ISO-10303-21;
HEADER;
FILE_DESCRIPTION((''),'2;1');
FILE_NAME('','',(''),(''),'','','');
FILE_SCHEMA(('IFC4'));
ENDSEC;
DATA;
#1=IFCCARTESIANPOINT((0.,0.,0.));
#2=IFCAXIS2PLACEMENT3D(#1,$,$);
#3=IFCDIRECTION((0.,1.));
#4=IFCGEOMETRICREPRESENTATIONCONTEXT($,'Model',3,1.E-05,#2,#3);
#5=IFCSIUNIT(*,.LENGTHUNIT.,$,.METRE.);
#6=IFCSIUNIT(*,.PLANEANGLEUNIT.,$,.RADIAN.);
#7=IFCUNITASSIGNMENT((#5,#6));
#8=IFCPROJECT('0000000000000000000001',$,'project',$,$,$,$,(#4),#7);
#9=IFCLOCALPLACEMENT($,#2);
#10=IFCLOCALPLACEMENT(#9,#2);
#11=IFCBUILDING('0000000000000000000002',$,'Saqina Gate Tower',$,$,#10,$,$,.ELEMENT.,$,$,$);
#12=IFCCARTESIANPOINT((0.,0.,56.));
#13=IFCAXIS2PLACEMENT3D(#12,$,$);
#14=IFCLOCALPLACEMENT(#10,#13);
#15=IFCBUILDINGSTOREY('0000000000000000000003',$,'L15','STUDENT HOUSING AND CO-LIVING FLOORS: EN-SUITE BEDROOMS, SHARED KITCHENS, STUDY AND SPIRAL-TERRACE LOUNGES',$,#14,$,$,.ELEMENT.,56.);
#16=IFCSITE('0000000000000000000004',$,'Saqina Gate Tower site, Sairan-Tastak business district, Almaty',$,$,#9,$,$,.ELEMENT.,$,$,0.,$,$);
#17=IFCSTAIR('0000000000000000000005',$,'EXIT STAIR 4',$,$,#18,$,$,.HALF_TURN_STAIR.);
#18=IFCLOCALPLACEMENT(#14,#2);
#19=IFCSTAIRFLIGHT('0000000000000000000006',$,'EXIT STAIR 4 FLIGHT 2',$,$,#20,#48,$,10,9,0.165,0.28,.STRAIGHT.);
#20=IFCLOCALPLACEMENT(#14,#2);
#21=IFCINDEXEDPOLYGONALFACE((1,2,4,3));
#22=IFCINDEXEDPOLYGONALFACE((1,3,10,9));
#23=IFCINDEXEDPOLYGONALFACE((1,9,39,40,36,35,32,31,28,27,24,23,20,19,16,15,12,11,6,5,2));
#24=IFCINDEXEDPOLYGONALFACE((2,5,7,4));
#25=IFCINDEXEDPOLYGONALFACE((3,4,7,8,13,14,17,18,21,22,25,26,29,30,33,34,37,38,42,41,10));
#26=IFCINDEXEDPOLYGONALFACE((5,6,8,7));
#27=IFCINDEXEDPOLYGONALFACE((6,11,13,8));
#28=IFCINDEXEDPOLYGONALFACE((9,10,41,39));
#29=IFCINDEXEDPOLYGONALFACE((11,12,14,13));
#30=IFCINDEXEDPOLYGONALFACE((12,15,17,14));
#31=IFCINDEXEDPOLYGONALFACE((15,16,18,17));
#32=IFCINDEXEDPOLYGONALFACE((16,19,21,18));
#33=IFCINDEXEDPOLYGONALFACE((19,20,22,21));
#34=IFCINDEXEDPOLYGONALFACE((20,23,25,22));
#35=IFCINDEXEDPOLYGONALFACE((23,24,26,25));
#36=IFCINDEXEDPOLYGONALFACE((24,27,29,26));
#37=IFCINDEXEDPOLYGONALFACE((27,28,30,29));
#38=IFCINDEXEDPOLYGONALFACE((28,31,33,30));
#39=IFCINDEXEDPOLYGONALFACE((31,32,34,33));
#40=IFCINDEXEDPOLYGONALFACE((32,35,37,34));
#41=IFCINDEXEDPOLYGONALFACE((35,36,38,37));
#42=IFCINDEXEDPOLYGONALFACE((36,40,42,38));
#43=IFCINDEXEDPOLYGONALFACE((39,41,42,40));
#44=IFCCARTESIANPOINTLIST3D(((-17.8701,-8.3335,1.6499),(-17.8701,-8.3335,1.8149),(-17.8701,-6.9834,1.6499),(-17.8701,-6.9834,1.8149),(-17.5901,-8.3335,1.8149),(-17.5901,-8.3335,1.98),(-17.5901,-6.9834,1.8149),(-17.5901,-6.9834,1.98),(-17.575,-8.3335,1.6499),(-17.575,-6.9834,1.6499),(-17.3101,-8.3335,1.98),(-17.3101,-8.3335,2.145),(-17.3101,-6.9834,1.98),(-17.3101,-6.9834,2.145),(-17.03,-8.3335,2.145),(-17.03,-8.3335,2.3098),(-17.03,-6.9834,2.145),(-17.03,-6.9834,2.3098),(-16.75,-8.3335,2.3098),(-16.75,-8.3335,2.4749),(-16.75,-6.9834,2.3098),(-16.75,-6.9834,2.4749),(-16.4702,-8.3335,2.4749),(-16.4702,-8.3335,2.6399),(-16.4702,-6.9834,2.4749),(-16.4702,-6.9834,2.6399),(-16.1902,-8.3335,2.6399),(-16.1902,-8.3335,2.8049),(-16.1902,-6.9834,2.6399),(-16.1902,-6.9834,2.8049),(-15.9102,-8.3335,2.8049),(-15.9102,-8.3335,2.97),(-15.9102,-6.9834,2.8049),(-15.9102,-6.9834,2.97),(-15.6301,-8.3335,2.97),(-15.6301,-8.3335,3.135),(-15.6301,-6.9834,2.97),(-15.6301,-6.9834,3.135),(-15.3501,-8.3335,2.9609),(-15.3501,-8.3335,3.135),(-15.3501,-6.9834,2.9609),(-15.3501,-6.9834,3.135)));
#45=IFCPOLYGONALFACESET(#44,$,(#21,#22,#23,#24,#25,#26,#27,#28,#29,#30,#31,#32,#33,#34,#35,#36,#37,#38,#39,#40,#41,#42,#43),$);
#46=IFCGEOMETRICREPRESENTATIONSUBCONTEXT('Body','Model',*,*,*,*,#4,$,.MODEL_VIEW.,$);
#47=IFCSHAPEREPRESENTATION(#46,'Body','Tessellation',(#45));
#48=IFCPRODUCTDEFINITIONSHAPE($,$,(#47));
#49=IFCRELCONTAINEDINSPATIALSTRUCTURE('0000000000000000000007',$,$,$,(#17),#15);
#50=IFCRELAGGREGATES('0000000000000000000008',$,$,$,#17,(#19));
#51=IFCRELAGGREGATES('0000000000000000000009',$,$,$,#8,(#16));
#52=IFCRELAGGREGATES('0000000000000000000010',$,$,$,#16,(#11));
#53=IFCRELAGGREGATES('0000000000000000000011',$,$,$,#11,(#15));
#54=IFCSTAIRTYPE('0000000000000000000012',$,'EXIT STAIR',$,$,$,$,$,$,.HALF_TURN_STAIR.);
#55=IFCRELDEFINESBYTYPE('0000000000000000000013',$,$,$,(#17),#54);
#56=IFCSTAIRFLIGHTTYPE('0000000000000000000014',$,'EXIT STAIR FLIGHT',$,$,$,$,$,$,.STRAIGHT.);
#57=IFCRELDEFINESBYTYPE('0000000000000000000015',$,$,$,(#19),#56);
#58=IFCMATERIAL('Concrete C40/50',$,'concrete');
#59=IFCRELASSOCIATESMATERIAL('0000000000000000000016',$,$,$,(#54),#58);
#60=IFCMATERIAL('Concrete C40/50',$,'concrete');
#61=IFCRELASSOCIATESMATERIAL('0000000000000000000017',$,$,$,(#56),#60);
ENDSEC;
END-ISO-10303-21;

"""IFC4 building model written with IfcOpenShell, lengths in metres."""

from ifc_helpers import new_model, si_unit, direction, frame, origin, place, context, subcontext, project, spatial, polyline, outline, extrude, material, type_object, element, aggregate, save


model = new_model("IFC4")

# Units and contexts
model_context = context("Model", 3, precision=1e-05, world=origin(), true_north=direction((0.0, 1.0)))
body_context = subcontext(model_context, "Body", "Model", "MODEL_VIEW")
ifc_project = project(units=[si_unit("LENGTHUNIT", "METRE"), si_unit("PLANEANGLEUNIT", "RADIAN")], contexts=[model_context])

# Site, building, storey
site_placement = place(None, origin())
site = spatial("IfcSite", under=ifc_project, at=site_placement, Name="Saqina Gate Tower site, Sairan-Tastak business district, Almaty", CompositionType="ELEMENT", RefElevation=0.0)
building_placement = place(site_placement, origin())
building = spatial("IfcBuilding", under=site, at=building_placement, Name="Saqina Gate Tower", CompositionType="ELEMENT")
storey_placement = place(building_placement, frame((0.0, 0.0, 56.0)))
storey = spatial("IfcBuildingStorey", under=building, at=storey_placement, Name="L15", Description="STUDENT HOUSING AND CO-LIVING FLOORS: EN-SUITE BEDROOMS, SHARED KITCHENS, STUDY AND SPIRAL-TERRACE LOUNGES", CompositionType="ELEMENT", Elevation=56.0)

# Stair, stair flight
ifc_material_1 = material(Name="Concrete C40/50", Category="concrete")
stair_type = type_object("IfcStairType", Name="EXIT STAIR", PredefinedType="HALF_TURN_STAIR", material=ifc_material_1)
stair_placement = place(storey_placement, origin())
stair = element("IfcStair", 1, at=stair_placement, inside=storey, type_object=stair_type, Name="EXIT STAIR 4", PredefinedType="HALF_TURN_STAIR")
ifc_material_2 = material(Name="Concrete C40/50", Category="concrete")
stair_flight_type = type_object("IfcStairFlightType", Name="EXIT STAIR FLIGHT", PredefinedType="STRAIGHT", material=ifc_material_2)
stair_flight_placement = place(storey_placement, frame((-17.8701, -7.6584, 1.6499), z_axis=(0.0, 0.0, 1.0), x_axis=(1.0, 0.0, 0.0)))
stair_flight = element("IfcStairFlight", 2, at=stair_flight_placement, type_object=stair_flight_type, Name="EXIT STAIR 4 FLIGHT 2", NumberOfRisers=10, NumberOfTreads=9, PredefinedType="STRAIGHT", RiserHeight=0.165, TreadLength=0.28, context=body_context, shape_type="SweptSolid", body=[
    extrude(outline(polyline([(0.0, 0.0), (0.0, 0.165), (0.28, 0.165), (0.28, 0.3301), (0.5601, 0.3301), (0.5601, 0.4951), (0.8401, 0.4951), (0.8401, 0.6599), (1.1201, 0.6599), (1.1201, 0.825), (1.3999, 0.825), (1.3999, 0.99), (1.6799, 0.99), (1.6799, 1.155), (1.96, 1.155), (1.96, 1.3201), (2.24, 1.3201), (2.24, 1.4851), (2.52, 1.4851), (2.52, 1.6499), (2.52, 1.311), (0.2952, 0.0), (0.0, 0.0)])), frame((0.0, 0.675, 0.0), z_axis=(0.0, -1.0, 0.0), x_axis=(1.0, 0.0, 0.0)), (0.0, 0.0, 1.0), 1.3501),
])
aggregate(stair, [stair_flight])

save(model, "model.ifc")
